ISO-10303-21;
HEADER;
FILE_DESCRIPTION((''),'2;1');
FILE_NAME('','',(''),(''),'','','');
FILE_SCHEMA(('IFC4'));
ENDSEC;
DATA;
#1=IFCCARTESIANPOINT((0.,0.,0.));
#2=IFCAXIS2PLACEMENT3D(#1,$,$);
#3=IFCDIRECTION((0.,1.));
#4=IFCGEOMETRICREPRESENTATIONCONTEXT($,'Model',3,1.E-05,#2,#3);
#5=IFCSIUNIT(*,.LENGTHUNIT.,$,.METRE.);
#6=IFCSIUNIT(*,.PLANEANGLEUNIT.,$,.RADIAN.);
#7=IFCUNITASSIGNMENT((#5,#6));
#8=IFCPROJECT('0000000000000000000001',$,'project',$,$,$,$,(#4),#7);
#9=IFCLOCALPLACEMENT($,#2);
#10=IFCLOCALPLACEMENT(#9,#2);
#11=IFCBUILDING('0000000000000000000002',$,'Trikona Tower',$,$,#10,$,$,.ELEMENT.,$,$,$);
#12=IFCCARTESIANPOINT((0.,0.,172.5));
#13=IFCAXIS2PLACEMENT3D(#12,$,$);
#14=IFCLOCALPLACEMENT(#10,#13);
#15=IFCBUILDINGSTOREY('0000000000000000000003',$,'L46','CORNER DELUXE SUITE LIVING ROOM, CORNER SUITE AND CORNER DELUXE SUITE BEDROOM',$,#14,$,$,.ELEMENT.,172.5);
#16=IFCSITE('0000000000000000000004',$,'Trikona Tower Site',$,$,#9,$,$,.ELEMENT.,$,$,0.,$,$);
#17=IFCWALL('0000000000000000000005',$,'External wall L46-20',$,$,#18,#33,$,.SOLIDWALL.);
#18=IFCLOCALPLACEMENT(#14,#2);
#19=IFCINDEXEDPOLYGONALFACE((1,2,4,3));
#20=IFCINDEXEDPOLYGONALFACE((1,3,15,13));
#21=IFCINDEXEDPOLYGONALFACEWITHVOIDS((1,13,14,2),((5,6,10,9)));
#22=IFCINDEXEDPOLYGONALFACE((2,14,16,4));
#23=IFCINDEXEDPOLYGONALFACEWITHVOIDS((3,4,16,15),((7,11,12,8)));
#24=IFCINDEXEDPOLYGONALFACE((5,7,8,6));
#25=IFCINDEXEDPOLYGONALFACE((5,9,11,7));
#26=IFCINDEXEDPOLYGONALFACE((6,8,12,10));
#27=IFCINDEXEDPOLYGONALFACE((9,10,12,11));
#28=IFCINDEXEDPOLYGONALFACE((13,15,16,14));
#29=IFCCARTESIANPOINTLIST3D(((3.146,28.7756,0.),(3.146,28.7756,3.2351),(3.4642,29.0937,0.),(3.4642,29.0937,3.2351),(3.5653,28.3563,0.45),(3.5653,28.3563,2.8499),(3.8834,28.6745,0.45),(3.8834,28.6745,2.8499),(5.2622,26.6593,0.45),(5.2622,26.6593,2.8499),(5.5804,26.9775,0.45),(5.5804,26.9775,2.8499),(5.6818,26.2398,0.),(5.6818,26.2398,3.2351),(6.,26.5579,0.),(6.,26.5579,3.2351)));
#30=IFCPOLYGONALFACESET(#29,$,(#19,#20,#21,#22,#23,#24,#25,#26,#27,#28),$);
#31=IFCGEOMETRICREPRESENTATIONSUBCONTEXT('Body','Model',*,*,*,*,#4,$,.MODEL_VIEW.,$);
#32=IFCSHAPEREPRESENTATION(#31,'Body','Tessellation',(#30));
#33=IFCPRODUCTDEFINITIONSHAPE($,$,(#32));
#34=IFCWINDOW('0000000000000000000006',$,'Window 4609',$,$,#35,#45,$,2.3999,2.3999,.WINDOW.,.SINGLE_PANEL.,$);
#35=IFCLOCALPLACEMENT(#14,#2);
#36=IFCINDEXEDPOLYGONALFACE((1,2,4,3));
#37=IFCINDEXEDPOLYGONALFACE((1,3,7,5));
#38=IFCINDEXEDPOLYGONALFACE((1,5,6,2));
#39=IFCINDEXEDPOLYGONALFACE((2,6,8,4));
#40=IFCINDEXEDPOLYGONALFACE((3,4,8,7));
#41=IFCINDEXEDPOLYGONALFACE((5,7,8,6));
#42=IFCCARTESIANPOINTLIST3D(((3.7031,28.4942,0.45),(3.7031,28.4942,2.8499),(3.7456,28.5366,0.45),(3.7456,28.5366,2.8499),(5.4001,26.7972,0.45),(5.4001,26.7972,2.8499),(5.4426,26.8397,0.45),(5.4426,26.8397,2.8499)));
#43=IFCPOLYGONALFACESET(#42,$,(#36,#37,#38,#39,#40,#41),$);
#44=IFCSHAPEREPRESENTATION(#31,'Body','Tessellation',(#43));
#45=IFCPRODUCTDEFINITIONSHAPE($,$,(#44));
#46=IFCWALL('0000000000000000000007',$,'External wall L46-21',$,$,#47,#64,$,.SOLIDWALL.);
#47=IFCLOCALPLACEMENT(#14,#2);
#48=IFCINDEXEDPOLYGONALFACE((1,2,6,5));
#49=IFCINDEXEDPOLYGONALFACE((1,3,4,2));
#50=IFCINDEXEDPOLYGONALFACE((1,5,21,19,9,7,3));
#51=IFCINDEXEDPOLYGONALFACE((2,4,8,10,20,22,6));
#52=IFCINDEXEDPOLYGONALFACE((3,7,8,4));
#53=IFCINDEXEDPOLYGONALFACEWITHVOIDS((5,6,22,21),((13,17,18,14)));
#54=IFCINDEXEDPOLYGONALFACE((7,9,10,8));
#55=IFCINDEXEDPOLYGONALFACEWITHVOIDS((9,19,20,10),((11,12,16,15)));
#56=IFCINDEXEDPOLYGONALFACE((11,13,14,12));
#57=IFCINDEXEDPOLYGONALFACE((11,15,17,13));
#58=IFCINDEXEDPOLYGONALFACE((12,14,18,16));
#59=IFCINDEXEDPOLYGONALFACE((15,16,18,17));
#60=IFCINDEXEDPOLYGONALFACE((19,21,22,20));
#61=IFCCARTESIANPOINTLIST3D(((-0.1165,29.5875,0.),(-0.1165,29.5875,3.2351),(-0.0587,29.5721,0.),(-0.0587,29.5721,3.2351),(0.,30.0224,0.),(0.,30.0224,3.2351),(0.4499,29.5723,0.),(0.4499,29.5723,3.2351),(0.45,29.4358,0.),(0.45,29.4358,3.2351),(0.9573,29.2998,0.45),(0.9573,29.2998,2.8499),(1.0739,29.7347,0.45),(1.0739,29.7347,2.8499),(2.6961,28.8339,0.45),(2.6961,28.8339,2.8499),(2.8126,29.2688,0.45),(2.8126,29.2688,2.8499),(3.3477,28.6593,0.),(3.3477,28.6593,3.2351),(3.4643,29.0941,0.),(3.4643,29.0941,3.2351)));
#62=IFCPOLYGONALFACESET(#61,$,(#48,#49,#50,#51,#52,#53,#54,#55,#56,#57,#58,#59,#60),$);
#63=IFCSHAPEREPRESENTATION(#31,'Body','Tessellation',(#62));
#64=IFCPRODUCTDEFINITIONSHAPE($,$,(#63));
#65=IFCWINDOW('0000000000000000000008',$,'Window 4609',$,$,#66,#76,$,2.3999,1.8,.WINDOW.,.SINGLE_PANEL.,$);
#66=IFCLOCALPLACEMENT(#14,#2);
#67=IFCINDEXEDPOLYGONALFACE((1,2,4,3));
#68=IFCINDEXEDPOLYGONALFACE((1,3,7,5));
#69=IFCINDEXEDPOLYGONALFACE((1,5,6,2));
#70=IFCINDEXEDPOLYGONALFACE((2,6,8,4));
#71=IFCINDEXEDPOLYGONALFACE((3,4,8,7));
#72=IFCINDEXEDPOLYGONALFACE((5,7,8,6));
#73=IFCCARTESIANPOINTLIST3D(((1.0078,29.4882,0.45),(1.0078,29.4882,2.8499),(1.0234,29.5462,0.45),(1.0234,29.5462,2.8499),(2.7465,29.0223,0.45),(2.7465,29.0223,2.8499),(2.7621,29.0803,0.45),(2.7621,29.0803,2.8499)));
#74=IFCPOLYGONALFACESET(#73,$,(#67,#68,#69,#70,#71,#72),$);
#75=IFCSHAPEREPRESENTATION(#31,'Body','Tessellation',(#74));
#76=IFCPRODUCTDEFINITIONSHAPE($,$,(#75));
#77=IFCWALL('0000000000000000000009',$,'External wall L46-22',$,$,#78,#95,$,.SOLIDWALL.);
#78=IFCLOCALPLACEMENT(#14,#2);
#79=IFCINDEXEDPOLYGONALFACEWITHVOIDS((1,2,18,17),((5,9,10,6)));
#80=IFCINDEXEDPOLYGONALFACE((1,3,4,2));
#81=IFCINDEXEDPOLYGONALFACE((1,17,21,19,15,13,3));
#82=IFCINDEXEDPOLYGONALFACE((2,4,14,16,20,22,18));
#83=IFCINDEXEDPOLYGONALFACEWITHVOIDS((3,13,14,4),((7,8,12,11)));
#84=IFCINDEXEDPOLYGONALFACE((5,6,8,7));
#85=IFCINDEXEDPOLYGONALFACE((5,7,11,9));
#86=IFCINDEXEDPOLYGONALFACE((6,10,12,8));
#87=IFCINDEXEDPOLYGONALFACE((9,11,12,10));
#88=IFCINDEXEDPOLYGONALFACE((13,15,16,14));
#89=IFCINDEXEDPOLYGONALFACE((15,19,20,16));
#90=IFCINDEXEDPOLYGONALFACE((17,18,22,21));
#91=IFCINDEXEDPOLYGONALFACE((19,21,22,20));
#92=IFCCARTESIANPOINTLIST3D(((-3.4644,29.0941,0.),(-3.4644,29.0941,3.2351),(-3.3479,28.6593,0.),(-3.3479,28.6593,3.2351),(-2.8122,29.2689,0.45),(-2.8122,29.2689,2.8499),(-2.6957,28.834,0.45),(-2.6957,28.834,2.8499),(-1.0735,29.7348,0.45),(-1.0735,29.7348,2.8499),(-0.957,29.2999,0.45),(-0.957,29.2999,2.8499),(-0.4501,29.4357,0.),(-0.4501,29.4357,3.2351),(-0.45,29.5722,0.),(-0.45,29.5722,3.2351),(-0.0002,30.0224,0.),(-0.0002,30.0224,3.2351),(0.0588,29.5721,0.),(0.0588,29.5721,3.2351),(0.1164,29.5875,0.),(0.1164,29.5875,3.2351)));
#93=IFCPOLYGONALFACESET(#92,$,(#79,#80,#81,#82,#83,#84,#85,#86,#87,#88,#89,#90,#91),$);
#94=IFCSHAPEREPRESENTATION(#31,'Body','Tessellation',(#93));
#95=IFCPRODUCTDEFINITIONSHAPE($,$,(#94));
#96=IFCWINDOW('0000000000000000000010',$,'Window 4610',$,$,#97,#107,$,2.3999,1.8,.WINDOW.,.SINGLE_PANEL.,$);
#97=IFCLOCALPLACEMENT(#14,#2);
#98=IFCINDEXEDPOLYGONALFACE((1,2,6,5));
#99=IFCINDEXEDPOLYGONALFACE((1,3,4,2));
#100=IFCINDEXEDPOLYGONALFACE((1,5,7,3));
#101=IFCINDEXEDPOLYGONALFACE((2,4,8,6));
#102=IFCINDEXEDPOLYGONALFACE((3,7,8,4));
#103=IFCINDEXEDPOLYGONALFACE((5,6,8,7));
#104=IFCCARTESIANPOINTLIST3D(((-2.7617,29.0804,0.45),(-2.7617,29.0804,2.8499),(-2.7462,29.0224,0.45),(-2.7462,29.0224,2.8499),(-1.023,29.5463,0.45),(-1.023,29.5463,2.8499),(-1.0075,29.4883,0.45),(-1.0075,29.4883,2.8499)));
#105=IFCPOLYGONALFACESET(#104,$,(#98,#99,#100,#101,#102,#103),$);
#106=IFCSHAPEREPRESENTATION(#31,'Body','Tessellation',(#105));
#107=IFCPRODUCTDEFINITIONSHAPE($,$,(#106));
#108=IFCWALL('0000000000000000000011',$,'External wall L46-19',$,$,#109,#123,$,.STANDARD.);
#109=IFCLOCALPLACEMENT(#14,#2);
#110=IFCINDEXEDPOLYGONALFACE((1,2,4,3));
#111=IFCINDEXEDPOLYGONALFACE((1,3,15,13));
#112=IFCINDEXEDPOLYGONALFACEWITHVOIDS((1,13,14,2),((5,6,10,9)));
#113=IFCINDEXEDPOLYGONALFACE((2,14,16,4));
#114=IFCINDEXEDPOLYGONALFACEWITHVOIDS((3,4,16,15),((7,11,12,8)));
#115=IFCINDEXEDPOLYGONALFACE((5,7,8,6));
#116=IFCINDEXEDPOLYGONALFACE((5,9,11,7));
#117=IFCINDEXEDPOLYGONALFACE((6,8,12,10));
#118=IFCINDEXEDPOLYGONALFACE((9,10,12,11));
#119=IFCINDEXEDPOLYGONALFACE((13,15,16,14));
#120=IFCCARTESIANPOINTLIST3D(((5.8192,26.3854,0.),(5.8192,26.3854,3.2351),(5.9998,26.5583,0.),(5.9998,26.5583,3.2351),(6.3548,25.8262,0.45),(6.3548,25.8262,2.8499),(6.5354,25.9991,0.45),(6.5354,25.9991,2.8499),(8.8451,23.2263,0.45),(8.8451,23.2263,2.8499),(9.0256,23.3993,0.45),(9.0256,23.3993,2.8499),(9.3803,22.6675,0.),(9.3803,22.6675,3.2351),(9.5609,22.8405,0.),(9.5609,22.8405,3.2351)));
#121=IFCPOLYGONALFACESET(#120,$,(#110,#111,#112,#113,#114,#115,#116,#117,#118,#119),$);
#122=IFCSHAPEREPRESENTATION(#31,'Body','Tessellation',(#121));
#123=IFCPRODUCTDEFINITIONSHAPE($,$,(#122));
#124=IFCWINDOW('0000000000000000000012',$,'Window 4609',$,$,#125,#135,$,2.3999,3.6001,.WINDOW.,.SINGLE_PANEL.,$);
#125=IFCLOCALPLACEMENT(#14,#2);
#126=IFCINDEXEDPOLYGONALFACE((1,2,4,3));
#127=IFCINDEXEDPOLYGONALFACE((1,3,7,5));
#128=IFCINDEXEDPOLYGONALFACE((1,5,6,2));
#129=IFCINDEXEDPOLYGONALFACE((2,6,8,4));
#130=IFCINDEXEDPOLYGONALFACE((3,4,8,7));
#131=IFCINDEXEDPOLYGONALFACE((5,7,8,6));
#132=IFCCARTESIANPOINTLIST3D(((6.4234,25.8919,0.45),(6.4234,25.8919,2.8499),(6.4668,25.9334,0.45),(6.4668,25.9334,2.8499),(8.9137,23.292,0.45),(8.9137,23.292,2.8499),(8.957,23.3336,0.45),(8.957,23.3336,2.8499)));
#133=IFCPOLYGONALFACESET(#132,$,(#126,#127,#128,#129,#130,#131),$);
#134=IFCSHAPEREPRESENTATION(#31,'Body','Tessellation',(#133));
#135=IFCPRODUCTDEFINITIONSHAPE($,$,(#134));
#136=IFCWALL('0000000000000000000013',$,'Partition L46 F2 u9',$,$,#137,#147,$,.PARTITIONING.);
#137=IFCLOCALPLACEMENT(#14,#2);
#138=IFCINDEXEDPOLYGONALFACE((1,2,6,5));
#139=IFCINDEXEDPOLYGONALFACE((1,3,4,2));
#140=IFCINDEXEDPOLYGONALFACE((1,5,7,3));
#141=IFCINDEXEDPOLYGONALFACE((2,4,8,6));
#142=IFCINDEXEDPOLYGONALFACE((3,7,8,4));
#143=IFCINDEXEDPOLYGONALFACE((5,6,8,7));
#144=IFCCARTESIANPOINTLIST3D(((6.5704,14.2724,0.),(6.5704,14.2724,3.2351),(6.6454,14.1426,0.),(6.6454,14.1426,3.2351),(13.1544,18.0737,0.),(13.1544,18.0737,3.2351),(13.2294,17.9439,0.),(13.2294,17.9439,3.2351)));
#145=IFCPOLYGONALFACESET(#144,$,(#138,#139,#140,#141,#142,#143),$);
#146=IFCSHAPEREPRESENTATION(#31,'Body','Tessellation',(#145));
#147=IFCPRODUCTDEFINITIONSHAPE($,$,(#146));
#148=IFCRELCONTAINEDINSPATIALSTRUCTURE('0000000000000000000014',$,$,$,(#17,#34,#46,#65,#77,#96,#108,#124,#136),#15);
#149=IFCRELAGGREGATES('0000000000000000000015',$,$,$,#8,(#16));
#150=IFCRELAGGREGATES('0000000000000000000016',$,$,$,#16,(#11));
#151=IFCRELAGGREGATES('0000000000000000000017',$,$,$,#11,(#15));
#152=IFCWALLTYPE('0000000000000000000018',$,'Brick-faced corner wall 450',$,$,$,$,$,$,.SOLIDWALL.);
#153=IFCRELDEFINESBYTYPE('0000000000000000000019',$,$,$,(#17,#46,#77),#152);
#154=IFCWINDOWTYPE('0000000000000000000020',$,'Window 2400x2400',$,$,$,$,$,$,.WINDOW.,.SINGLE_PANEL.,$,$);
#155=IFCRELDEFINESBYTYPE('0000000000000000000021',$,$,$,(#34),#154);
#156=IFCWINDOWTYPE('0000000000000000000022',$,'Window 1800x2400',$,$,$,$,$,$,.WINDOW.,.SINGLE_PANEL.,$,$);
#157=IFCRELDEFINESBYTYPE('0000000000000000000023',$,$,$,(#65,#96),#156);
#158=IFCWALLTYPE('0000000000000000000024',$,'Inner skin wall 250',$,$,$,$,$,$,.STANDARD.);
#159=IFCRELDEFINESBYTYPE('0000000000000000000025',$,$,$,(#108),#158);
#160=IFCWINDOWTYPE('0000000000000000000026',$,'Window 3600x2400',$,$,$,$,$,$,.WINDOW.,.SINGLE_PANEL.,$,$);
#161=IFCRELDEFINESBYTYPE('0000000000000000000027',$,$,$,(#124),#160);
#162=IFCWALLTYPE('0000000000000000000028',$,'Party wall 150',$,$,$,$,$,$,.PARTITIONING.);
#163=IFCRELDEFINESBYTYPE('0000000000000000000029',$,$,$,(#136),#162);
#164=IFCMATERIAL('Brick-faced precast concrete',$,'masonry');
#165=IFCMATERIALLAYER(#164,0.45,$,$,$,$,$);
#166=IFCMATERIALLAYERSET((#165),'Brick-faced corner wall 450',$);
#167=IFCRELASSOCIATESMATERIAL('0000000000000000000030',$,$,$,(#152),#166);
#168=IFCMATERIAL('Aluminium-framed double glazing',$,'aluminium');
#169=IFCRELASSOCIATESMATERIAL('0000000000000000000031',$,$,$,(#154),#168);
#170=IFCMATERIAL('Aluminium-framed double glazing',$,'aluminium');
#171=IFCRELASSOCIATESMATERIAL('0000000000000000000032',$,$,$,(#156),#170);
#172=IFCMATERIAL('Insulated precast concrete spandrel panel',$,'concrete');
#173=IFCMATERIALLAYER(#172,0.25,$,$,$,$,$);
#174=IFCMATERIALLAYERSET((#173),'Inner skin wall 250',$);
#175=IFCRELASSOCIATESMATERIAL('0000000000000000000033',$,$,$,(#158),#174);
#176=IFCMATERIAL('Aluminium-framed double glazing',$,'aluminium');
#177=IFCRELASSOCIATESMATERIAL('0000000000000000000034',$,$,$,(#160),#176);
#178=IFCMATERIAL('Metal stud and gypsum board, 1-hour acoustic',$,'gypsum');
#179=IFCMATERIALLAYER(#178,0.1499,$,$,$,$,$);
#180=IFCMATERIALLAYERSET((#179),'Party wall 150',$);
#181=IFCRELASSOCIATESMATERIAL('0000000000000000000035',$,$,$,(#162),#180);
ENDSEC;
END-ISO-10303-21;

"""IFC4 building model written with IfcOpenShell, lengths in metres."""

from ifc_helpers import new_model, si_unit, direction, frame, frame_2d, origin, place, context, subcontext, project, spatial, polyline, rectangle, outline, extrude, material, layer, layer_set, type_object, element, fill, save


model = new_model("IFC4")

# Units and contexts
model_context = context("Model", 3, precision=1e-05, world=origin(), true_north=direction((0.0, 1.0)))
body_context = subcontext(model_context, "Body", "Model", "MODEL_VIEW")
ifc_project = project(units=[si_unit("LENGTHUNIT", "METRE"), si_unit("PLANEANGLEUNIT", "RADIAN")], contexts=[model_context])

# Site, building, storey
site_placement = place(None, origin())
site = spatial("IfcSite", under=ifc_project, at=site_placement, Name="Trikona Tower Site", CompositionType="ELEMENT", RefElevation=0.0)
building_placement = place(site_placement, origin())
building = spatial("IfcBuilding", under=site, at=building_placement, Name="Trikona Tower", CompositionType="ELEMENT")
storey_placement = place(building_placement, frame((0.0, 0.0, 172.5)))
storey = spatial("IfcBuildingStorey", under=building, at=storey_placement, Name="L46", Description="CORNER DELUXE SUITE LIVING ROOM, CORNER SUITE AND CORNER DELUXE SUITE BEDROOM", CompositionType="ELEMENT", Elevation=172.5)

# Walls, openings, windows
ifc_material_1 = material(Name="Brick-faced precast concrete", Category="masonry")
ifc_layer_1 = layer(ifc_material_1, 0.45)
ifc_layer_set_1 = layer_set([ifc_layer_1], Name="Brick-faced corner wall 450")
wall_type_1 = type_object("IfcWallType", Name="Brick-faced corner wall 450", PredefinedType="SOLIDWALL", material=ifc_layer_set_1)
wall_1_placement = place(storey_placement, frame((5.8408, 26.3989, 0.0), z_axis=(0.0, 0.0, 1.0), x_axis=(-0.707107, 0.707107, 0.0)))
wall_1 = element("IfcWall", 1, at=wall_1_placement, inside=storey, type_object=wall_type_1, Name="External wall L46-20", PredefinedType="SOLIDWALL", context=body_context, shape_type="SweptSolid", body=[
    extrude(rectangle(XDim=3.5862, YDim=0.45, at=frame_2d((1.793, 0.0))), origin(), (0.0, 0.0, 1.0), 3.2351),
])
opening_1_placement = place(wall_1_placement, frame((0.5933, 0.0, 0.45)))
opening_1 = element("IfcOpeningElement", 2, at=opening_1_placement, cuts=wall_1, PredefinedType="OPENING", context=body_context, shape_type="SweptSolid", body=[
    extrude(rectangle(XDim=2.3999, YDim=2.3999, at=frame_2d((1.2, 1.2))), frame((0.0, 0.2349, 0.0), z_axis=(0.0, -1.0, 0.0), x_axis=(1.0, 0.0, 0.0)), (0.0, 0.0, 1.0), 0.47),
])
ifc_material_2 = material(Name="Aluminium-framed double glazing", Category="aluminium")
window_type_1 = type_object("IfcWindowType", Name="Window 2400x2400", PartitioningType="SINGLE_PANEL", PredefinedType="WINDOW", material=ifc_material_2)
window_1_placement = place(opening_1_placement, origin())
window_1 = element("IfcWindow", 3, at=window_1_placement, inside=storey, type_object=window_type_1, Name="Window 4609", OverallHeight=2.3999, OverallWidth=2.3999, PartitioningType="SINGLE_PANEL", PredefinedType="WINDOW", context=body_context, shape_type="SweptSolid", body=[
    extrude(rectangle(XDim=2.3999, YDim=2.3999, at=frame_2d((1.2, 1.2))), frame((0.0, 0.03, 0.0), z_axis=(0.0, -1.0, 0.0), x_axis=(1.0, 0.0, 0.0)), (0.0, 0.0, 1.0), 0.0601),
])
fill(opening_1, window_1)
wall_2_placement = place(storey_placement, frame((3.406, 28.8767, 0.0), z_axis=(0.0, 0.0, 1.0), x_axis=(-0.965925, 0.258823, 0.0)))
wall_2 = element("IfcWall", 4, at=wall_2_placement, inside=storey, type_object=wall_type_1, Name="External wall L46-21", PredefinedType="SOLIDWALL", context=body_context, shape_type="SweptSolid", body=[
    extrude(outline(polyline([(3.5864, 0.2251), (3.5266, 0.2251), (3.0354, 0.0933), (3.0, 0.2251), (0.0, 0.2251), (0.0, -0.2251), (3.5864, -0.2251), (3.5864, 0.2251)])), origin(), (0.0, 0.0, 1.0), 3.2351),
])
opening_2_placement = place(wall_2_placement, frame((0.6748, 0.0, 0.45)))
opening_2 = element("IfcOpeningElement", 5, at=opening_2_placement, cuts=wall_2, PredefinedType="OPENING", context=body_context, shape_type="SweptSolid", body=[
    extrude(rectangle(XDim=1.8, YDim=2.3999, at=frame_2d((0.8999, 1.2))), frame((0.0, 0.2349, 0.0), z_axis=(0.0, -1.0, 0.0), x_axis=(1.0, 0.0, 0.0)), (0.0, 0.0, 1.0), 0.47),
])
ifc_material_3 = material(Name="Aluminium-framed double glazing", Category="aluminium")
window_type_2 = type_object("IfcWindowType", Name="Window 1800x2400", PartitioningType="SINGLE_PANEL", PredefinedType="WINDOW", material=ifc_material_3)
window_2_placement = place(opening_2_placement, origin())
window_2 = element("IfcWindow", 6, at=window_2_placement, inside=storey, type_object=window_type_2, Name="Window 4609", OverallHeight=2.3999, OverallWidth=1.8, PartitioningType="SINGLE_PANEL", PredefinedType="WINDOW", context=body_context, shape_type="SweptSolid", body=[
    extrude(rectangle(XDim=1.8, YDim=2.3999, at=frame_2d((0.8999, 1.2))), frame((0.0, 0.03, 0.0), z_axis=(0.0, -1.0, 0.0), x_axis=(1.0, 0.0, 0.0)), (0.0, 0.0, 1.0), 0.0601),
])
fill(opening_2, window_2)
wall_3_placement = place(storey_placement, frame((0.0581, 29.8049, 0.0), z_axis=(0.0, 0.0, 1.0), x_axis=(-0.965925, -0.258823, 0.0)))
wall_3 = element("IfcWall", 7, at=wall_3_placement, inside=storey, type_object=wall_type_1, Name="External wall L46-22", PredefinedType="SOLIDWALL", context=body_context, shape_type="SweptSolid", body=[
    extrude(outline(polyline([(3.5864, 0.2251), (0.5864, 0.2251), (0.551, 0.0933), (0.0596, 0.2251), (0.0, 0.2251), (0.0, -0.2251), (3.5864, -0.2251), (3.5864, 0.2251)])), origin(), (0.0, 0.0, 1.0), 3.2351),
])
opening_3_placement = place(wall_3_placement, frame((1.1113, 0.0, 0.45)))
opening_3 = element("IfcOpeningElement", 8, at=opening_3_placement, cuts=wall_3, PredefinedType="OPENING", context=body_context, shape_type="SweptSolid", body=[
    extrude(rectangle(XDim=1.8, YDim=2.3999, at=frame_2d((0.8999, 1.2))), frame((0.0, 0.2349, 0.0), z_axis=(0.0, -1.0, 0.0), x_axis=(1.0, 0.0, 0.0)), (0.0, 0.0, 1.0), 0.47),
])
window_3_placement = place(opening_3_placement, origin())
window_3 = element("IfcWindow", 9, at=window_3_placement, inside=storey, type_object=window_type_2, Name="Window 4610", OverallHeight=2.3999, OverallWidth=1.8, PartitioningType="SINGLE_PANEL", PredefinedType="WINDOW", context=body_context, shape_type="SweptSolid", body=[
    extrude(rectangle(XDim=1.8, YDim=2.3999, at=frame_2d((0.8999, 1.2))), frame((0.0, 0.03, 0.0), z_axis=(0.0, -1.0, 0.0), x_axis=(1.0, 0.0, 0.0)), (0.0, 0.0, 1.0), 0.0601),
])
fill(opening_3, window_3)
ifc_material_4 = material(Name="Insulated precast concrete spandrel panel", Category="concrete")
ifc_layer_2 = layer(ifc_material_4, 0.25)
ifc_layer_set_2 = layer_set([ifc_layer_2], Name="Inner skin wall 250")
wall_type_2 = type_object("IfcWallType", Name="Inner skin wall 250", PredefinedType="STANDARD", material=ifc_layer_set_2)
wall_4_placement = place(storey_placement, frame((9.4707, 22.7539, 0.0), z_axis=(0.0, 0.0, 1.0), x_axis=(-0.69172, 0.722166, 0.0)))
wall_4 = element("IfcWall", 10, at=wall_4_placement, inside=storey, type_object=wall_type_2, Name="External wall L46-19", PredefinedType="STANDARD", context=body_context, shape_type="SweptSolid", body=[
    extrude(rectangle(XDim=5.1482, YDim=0.25, at=frame_2d((2.5742, 0.0))), origin(), (0.0, 0.0, 1.0), 3.2351),
])
opening_4_placement = place(wall_4_placement, frame((0.7739, 0.0, 0.45)))
opening_4 = element("IfcOpeningElement", 11, at=opening_4_placement, cuts=wall_4, PredefinedType="OPENING", context=body_context, shape_type="SweptSolid", body=[
    extrude(rectangle(XDim=3.6001, YDim=2.3999, at=frame_2d((1.8, 1.2))), frame((0.0, 0.135, 0.0), z_axis=(0.0, -1.0, 0.0), x_axis=(1.0, 0.0, 0.0)), (0.0, 0.0, 1.0), 0.27),
])
ifc_material_5 = material(Name="Aluminium-framed double glazing", Category="aluminium")
window_type_3 = type_object("IfcWindowType", Name="Window 3600x2400", PartitioningType="SINGLE_PANEL", PredefinedType="WINDOW", material=ifc_material_5)
window_4_placement = place(opening_4_placement, origin())
window_4 = element("IfcWindow", 12, at=window_4_placement, inside=storey, type_object=window_type_3, Name="Window 4609", OverallHeight=2.3999, OverallWidth=3.6001, PartitioningType="SINGLE_PANEL", PredefinedType="WINDOW", context=body_context, shape_type="SweptSolid", body=[
    extrude(rectangle(XDim=3.6001, YDim=2.3999, at=frame_2d((1.8, 1.2))), frame((0.0, 0.03, 0.0), z_axis=(0.0, -1.0, 0.0), x_axis=(1.0, 0.0, 0.0)), (0.0, 0.0, 1.0), 0.0601),
])
fill(opening_4, window_4)

# Wall
ifc_material_6 = material(Name="Metal stud and gypsum board, 1-hour acoustic", Category="gypsum")
ifc_layer_3 = layer(ifc_material_6, 0.1499)
ifc_layer_set_3 = layer_set([ifc_layer_3], Name="Party wall 150")
wall_type_3 = type_object("IfcWallType", Name="Party wall 150", PredefinedType="PARTITIONING", material=ifc_layer_set_3)
wall_5_placement = place(storey_placement, frame((6.6079, 14.2075, 0.0), z_axis=(0.0, 0.0, 1.0), x_axis=(0.866025, 0.5, 0.0)))
element("IfcWall", 13, at=wall_5_placement, inside=storey, type_object=wall_type_3, Name="Partition L46 F2 u9", PredefinedType="PARTITIONING", context=body_context, shape_type="SweptSolid", body=[
    extrude(rectangle(XDim=7.6025, YDim=0.1499, at=frame_2d((3.8013, 0.0))), origin(), (0.0, 0.0, 1.0), 3.2351),
])

save(model, "model.ifc")
